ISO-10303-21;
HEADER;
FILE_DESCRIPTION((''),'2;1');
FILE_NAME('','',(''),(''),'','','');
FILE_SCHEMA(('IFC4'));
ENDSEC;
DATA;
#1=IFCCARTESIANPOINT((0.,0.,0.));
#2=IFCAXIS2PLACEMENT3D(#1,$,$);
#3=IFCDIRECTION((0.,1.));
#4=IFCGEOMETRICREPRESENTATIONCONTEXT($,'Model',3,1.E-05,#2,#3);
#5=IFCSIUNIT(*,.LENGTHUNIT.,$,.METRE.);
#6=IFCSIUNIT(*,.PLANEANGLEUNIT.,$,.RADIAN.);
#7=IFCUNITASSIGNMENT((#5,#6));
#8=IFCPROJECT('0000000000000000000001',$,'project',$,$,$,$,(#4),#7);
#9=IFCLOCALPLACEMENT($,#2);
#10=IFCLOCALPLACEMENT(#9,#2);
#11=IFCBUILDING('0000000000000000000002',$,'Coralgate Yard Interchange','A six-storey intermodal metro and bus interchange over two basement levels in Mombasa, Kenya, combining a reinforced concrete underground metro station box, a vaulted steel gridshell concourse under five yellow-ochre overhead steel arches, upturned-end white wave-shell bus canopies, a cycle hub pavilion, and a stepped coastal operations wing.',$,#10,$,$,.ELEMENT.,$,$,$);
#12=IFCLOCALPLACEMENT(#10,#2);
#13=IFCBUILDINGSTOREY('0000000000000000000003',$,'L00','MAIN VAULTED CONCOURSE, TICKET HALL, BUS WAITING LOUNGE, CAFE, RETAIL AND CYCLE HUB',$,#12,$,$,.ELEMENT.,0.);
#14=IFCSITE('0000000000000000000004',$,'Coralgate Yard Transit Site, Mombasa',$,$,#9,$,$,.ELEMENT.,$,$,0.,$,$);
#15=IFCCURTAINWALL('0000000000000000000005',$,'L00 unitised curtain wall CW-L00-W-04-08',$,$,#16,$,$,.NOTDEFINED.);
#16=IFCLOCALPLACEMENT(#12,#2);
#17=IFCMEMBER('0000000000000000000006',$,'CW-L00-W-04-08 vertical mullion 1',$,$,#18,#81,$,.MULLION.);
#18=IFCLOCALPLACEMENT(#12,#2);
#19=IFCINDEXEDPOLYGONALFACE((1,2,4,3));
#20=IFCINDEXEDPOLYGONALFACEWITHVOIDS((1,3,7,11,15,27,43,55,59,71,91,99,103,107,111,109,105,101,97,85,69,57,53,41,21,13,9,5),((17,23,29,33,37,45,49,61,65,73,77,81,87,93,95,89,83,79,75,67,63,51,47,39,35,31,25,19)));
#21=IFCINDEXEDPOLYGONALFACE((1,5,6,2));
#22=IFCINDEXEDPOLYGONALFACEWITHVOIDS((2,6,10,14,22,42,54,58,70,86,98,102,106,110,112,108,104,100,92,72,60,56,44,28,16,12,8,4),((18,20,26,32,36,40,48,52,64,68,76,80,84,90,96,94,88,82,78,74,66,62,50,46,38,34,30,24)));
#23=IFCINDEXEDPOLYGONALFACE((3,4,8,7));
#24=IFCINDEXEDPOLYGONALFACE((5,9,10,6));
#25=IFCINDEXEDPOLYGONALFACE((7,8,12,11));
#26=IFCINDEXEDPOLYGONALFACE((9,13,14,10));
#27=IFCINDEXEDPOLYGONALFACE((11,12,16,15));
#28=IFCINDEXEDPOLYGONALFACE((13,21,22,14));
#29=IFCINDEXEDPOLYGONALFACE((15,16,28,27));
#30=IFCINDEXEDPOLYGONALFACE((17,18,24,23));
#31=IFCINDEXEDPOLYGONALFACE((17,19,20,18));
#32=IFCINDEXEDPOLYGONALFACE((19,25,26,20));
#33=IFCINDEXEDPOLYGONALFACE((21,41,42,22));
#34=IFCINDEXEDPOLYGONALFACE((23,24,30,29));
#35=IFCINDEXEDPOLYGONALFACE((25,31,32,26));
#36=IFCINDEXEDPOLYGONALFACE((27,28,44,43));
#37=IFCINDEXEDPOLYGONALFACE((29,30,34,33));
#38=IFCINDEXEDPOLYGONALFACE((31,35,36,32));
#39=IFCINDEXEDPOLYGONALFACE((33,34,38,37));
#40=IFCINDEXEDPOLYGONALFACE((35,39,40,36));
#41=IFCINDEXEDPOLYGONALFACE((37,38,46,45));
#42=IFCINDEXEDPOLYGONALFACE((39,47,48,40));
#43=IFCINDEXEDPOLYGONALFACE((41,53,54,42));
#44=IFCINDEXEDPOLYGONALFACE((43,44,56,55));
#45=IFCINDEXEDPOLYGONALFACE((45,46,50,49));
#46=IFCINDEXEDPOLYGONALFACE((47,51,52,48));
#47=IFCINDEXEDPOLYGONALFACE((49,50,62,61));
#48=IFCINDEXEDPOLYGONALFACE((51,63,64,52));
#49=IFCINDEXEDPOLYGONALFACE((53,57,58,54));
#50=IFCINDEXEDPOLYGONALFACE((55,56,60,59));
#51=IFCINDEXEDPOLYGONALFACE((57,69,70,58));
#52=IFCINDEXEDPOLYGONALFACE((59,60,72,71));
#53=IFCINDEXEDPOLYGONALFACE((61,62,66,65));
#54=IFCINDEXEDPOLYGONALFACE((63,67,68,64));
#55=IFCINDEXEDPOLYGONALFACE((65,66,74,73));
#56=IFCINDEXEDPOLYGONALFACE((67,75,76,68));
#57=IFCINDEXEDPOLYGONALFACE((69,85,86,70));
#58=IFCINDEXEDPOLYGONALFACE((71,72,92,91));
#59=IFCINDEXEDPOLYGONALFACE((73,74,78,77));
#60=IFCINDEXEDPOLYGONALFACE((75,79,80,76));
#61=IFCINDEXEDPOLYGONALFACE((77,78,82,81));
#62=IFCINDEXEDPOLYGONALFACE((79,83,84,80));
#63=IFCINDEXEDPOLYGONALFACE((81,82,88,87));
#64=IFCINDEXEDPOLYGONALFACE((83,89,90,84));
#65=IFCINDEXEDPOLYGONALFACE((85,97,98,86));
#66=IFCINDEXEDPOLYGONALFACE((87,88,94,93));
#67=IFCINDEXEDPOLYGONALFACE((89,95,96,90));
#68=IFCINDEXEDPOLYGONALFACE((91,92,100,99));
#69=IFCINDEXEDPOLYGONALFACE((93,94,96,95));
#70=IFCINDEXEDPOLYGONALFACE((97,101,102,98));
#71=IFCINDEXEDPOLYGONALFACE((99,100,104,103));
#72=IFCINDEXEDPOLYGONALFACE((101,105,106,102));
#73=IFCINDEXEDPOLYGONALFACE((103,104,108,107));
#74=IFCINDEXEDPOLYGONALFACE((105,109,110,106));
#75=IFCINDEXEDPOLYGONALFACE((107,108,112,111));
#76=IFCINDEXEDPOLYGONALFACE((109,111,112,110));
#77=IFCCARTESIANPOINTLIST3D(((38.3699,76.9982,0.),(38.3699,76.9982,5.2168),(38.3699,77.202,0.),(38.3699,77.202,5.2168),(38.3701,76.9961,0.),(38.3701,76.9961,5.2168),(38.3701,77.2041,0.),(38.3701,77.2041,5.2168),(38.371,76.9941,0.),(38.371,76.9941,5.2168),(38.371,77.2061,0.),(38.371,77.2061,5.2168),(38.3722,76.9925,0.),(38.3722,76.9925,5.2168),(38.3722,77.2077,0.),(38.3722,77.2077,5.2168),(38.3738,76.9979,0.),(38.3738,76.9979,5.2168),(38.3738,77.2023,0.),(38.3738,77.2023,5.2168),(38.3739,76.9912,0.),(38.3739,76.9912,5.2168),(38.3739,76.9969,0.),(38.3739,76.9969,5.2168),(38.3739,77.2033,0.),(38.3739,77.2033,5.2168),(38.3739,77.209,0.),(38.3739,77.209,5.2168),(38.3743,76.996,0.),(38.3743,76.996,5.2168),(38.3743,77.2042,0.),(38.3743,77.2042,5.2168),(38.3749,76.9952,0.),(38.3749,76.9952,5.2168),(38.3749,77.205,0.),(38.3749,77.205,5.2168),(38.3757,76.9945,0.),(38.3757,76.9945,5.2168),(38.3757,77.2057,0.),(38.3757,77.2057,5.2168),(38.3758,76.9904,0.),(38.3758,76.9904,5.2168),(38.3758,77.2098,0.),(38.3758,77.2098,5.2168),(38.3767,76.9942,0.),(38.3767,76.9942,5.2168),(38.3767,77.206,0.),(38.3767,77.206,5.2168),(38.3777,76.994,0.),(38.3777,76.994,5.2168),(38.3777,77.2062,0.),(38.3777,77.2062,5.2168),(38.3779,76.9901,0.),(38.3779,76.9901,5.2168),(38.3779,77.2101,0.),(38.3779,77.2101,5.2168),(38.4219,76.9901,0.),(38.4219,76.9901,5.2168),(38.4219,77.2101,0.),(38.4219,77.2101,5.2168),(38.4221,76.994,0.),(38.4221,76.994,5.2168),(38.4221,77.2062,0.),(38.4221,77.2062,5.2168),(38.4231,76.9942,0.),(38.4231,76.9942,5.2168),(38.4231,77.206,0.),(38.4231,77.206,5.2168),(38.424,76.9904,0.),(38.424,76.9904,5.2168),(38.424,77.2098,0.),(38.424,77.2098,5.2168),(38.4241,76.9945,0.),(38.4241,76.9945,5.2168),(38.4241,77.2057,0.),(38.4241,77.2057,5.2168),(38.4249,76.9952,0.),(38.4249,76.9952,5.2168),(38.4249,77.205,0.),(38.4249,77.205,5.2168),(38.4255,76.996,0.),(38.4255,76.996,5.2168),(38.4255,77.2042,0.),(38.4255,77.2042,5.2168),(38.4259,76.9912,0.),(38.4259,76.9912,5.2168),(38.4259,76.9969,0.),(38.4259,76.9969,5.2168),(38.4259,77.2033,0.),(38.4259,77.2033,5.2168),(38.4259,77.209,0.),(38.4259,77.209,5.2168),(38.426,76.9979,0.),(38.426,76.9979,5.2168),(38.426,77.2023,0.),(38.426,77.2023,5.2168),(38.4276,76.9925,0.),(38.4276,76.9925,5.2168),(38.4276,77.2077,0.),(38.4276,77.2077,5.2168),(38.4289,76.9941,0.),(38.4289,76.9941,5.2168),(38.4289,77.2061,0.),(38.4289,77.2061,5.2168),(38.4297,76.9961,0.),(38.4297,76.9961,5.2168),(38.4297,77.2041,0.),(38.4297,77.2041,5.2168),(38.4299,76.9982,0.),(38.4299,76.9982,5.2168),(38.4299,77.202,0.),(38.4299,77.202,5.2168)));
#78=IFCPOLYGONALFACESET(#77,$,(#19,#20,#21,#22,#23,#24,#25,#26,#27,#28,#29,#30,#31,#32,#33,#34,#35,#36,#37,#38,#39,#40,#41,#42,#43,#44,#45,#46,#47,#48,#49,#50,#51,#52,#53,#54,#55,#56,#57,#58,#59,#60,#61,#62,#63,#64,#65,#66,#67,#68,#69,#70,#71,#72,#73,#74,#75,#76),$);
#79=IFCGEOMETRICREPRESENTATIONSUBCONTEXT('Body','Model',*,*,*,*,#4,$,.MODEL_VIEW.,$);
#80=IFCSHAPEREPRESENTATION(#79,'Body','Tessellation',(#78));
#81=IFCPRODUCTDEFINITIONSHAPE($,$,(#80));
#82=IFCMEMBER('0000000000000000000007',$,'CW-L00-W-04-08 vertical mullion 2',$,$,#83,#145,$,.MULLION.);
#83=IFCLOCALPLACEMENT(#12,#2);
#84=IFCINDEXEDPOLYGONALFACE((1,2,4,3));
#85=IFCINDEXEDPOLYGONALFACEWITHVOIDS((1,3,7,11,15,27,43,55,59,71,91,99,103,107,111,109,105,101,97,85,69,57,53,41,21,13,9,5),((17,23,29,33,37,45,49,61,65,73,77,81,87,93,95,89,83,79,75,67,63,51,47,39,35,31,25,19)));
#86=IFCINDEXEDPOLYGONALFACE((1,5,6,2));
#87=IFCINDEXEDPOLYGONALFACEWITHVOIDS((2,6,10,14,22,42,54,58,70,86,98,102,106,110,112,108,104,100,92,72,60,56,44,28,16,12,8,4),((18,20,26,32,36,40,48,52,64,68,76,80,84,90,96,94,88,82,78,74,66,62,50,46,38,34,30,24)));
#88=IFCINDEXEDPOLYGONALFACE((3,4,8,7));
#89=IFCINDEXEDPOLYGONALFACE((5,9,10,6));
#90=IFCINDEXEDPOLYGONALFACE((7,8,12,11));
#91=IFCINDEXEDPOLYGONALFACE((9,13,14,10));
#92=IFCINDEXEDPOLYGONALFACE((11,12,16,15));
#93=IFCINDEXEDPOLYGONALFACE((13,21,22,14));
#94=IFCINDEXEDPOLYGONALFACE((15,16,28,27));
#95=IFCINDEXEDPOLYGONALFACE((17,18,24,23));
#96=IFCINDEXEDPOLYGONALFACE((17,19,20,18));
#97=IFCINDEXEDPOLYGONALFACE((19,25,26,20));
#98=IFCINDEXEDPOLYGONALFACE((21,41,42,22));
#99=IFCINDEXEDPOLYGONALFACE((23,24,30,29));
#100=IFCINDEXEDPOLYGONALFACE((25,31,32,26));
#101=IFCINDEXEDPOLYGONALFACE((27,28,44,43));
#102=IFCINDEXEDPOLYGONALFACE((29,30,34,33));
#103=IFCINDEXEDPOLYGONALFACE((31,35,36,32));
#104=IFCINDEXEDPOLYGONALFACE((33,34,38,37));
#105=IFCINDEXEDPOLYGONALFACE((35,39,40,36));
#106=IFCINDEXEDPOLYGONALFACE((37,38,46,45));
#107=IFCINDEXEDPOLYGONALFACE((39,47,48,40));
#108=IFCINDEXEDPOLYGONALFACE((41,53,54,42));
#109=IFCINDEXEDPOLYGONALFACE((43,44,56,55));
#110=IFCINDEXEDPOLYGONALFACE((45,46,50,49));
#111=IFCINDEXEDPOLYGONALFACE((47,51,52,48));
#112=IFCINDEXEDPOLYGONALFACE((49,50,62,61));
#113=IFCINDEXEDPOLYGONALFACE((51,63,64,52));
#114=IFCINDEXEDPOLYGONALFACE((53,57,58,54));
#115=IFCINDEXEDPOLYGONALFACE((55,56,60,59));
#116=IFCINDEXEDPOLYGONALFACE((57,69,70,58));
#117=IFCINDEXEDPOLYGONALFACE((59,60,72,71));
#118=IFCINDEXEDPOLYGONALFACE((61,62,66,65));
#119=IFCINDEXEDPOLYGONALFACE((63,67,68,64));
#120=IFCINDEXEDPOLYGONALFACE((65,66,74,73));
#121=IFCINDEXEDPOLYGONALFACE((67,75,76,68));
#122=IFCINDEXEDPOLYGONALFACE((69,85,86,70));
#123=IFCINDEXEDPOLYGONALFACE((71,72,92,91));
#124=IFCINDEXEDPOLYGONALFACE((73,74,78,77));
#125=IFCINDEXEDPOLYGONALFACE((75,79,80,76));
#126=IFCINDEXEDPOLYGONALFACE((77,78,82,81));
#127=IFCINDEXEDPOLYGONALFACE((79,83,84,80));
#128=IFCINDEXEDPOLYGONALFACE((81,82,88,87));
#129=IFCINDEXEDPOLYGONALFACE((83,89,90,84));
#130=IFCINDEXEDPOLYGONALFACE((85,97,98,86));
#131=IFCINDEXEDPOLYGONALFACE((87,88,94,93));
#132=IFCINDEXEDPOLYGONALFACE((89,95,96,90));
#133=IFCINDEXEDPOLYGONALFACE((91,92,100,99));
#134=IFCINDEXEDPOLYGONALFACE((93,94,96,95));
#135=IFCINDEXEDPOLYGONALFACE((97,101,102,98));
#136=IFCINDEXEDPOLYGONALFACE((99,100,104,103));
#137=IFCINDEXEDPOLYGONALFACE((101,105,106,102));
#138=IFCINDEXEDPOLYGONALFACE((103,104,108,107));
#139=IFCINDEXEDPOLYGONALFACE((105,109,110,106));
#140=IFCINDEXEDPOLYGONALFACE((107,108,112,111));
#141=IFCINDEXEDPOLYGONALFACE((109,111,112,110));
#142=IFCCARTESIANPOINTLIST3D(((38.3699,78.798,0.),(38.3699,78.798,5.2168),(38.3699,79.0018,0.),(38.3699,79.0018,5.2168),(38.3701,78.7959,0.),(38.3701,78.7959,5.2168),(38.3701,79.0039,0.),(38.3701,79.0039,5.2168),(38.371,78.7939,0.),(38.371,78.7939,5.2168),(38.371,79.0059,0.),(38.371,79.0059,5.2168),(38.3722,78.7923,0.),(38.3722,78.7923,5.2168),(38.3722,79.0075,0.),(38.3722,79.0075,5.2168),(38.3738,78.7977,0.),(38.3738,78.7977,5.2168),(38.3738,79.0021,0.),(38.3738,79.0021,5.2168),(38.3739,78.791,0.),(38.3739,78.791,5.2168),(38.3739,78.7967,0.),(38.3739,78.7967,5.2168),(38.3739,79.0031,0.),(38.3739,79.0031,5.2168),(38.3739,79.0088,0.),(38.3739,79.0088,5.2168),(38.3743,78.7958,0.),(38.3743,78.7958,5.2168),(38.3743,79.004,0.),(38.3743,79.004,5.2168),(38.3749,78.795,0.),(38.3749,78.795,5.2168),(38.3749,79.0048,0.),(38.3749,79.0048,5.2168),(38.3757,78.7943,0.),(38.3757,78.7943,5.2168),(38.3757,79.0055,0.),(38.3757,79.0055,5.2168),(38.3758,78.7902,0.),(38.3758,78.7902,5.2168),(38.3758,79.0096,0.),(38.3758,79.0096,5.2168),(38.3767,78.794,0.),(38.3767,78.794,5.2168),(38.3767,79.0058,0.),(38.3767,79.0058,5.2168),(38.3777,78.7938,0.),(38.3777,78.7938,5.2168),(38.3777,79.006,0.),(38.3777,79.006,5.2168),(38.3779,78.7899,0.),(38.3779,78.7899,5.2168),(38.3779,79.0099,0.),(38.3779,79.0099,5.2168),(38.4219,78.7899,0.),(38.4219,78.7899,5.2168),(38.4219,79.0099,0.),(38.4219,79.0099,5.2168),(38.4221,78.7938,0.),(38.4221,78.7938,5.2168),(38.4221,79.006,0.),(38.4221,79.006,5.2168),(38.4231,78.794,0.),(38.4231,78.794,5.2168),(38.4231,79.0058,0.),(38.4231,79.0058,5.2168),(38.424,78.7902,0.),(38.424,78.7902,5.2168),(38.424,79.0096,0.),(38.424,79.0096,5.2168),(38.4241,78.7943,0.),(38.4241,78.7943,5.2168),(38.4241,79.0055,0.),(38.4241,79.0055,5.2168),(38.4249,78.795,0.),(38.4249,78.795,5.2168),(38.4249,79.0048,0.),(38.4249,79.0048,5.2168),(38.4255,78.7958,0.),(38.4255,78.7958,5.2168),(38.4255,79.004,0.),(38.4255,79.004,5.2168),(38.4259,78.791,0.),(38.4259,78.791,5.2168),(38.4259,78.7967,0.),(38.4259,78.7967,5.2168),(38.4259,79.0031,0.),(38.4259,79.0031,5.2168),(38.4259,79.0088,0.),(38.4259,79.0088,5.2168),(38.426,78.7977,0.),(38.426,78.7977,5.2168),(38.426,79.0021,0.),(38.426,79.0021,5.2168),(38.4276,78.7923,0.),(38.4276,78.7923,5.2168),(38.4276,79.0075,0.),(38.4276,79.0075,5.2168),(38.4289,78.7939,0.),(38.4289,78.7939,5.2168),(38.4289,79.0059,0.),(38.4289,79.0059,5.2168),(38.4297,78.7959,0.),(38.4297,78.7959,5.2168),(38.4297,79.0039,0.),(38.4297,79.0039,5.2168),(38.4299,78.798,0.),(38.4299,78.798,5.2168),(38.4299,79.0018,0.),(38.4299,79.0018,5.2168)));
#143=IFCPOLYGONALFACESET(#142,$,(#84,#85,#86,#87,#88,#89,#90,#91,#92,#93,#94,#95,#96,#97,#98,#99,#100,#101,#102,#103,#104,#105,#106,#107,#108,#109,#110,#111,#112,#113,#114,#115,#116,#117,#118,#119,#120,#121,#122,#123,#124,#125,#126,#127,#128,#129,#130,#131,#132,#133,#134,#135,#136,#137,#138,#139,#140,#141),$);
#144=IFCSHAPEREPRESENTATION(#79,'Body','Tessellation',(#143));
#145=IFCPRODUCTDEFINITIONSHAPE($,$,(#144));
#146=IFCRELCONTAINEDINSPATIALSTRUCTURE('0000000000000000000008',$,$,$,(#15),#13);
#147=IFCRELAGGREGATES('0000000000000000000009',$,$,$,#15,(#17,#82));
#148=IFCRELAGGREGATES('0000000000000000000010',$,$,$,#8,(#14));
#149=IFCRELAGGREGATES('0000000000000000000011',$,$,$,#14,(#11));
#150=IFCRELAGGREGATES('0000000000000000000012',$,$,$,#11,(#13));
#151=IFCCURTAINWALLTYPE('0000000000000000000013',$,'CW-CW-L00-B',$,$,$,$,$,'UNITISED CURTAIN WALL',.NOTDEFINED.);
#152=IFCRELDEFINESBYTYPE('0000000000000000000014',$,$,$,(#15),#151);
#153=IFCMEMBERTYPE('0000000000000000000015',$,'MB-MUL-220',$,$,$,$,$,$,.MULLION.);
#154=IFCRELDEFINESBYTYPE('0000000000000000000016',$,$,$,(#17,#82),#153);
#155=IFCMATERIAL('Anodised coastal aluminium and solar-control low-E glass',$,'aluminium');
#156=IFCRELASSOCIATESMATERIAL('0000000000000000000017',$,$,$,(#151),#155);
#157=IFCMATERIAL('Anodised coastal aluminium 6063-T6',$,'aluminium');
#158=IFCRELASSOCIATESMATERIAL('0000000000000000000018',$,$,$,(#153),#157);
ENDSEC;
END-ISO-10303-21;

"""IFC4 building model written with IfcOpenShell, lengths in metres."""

from ifc_helpers import new_model, si_unit, direction, frame, origin, origin_2d, place, context, subcontext, project, spatial, hollow_rectangle, extrude, material, material_profile, profile_set, type_object, element, aggregate, save


model = new_model("IFC4")

# Units and contexts
model_context = context("Model", 3, precision=1e-05, world=origin(), true_north=direction((0.0, 1.0)))
body_context = subcontext(model_context, "Body", "Model", "MODEL_VIEW")
ifc_project = project(units=[si_unit("LENGTHUNIT", "METRE"), si_unit("PLANEANGLEUNIT", "RADIAN")], contexts=[model_context])

# Site, building, storey
site_placement = place(None, origin())
site = spatial("IfcSite", under=ifc_project, at=site_placement, Name="Coralgate Yard Transit Site, Mombasa", CompositionType="ELEMENT", RefElevation=0.0)
building_placement = place(site_placement, origin())
building = spatial("IfcBuilding", under=site, at=building_placement, Name="Coralgate Yard Interchange", Description="A six-storey intermodal metro and bus interchange over two basement levels in Mombasa, Kenya, combining a reinforced concrete underground metro station box, a vaulted steel gridshell concourse under five yellow-ochre overhead steel arches, upturned-end white wave-shell bus canopies, a cycle hub pavilion, and a stepped coastal operations wing.", CompositionType="ELEMENT")
storey_placement = place(building_placement, origin())
storey = spatial("IfcBuildingStorey", under=building, at=storey_placement, Name="L00", Description="MAIN VAULTED CONCOURSE, TICKET HALL, BUS WAITING LOUNGE, CAFE, RETAIL AND CYCLE HUB", CompositionType="ELEMENT", Elevation=0.0)

# Curtain wall, members
ifc_material_1 = material(Name="Anodised coastal aluminium and solar-control low-E glass", Category="aluminium")
curtain_wall_type = type_object("IfcCurtainWallType", Name="CW-CW-L00-B", ElementType="UNITISED CURTAIN WALL", PredefinedType="NOTDEFINED", material=ifc_material_1)
curtain_wall_placement = place(storey_placement, origin())
curtain_wall = element("IfcCurtainWall", 1, at=curtain_wall_placement, inside=storey, type_object=curtain_wall_type, Name="L00 unitised curtain wall CW-L00-W-04-08", PredefinedType="NOTDEFINED")
ifc_material_2 = material(Name="Anodised coastal aluminium 6063-T6", Category="aluminium")
ifc_material_profile_1 = material_profile(ifc_material_2, hollow_rectangle(XDim=0.0601, YDim=0.22, WallThickness=0.0039, InnerFilletRadius=0.0039, OuterFilletRadius=0.0081, at=origin_2d()), Name="ALU 60x220x4")
ifc_profile_set_1 = profile_set([ifc_material_profile_1], Name="Anodised coastal aluminium 6063-T6")
member_type_1 = type_object("IfcMemberType", Name="MB-MUL-220", PredefinedType="MULLION", material=ifc_profile_set_1)
member_1_placement = place(storey_placement, frame((38.3999, 77.1001, 0.0), z_axis=(0.0, 0.0, 1.0), x_axis=(1.0, 0.0, 0.0)))
member_1 = element("IfcMember", 2, at=member_1_placement, type_object=member_type_1, Name="CW-L00-W-04-08 vertical mullion 1", PredefinedType="MULLION", context=body_context, shape_type="SweptSolid", body=[
    extrude(hollow_rectangle(XDim=0.0601, YDim=0.22, WallThickness=0.0039, InnerFilletRadius=0.0039, OuterFilletRadius=0.0081, at=origin_2d()), origin(), (0.0, 0.0, 1.0), 5.2168),
])
member_2_placement = place(storey_placement, frame((38.3999, 78.8999, 0.0), z_axis=(0.0, 0.0, 1.0), x_axis=(1.0, 0.0, 0.0)))
member_2 = element("IfcMember", 3, at=member_2_placement, type_object=member_type_1, Name="CW-L00-W-04-08 vertical mullion 2", PredefinedType="MULLION", context=body_context, shape_type="SweptSolid", body=[
    extrude(hollow_rectangle(XDim=0.0601, YDim=0.22, WallThickness=0.0039, InnerFilletRadius=0.0039, OuterFilletRadius=0.0081, at=origin_2d()), origin(), (0.0, 0.0, 1.0), 5.2168),
])
aggregate(curtain_wall, [member_1, member_2])

save(model, "model.ifc")
